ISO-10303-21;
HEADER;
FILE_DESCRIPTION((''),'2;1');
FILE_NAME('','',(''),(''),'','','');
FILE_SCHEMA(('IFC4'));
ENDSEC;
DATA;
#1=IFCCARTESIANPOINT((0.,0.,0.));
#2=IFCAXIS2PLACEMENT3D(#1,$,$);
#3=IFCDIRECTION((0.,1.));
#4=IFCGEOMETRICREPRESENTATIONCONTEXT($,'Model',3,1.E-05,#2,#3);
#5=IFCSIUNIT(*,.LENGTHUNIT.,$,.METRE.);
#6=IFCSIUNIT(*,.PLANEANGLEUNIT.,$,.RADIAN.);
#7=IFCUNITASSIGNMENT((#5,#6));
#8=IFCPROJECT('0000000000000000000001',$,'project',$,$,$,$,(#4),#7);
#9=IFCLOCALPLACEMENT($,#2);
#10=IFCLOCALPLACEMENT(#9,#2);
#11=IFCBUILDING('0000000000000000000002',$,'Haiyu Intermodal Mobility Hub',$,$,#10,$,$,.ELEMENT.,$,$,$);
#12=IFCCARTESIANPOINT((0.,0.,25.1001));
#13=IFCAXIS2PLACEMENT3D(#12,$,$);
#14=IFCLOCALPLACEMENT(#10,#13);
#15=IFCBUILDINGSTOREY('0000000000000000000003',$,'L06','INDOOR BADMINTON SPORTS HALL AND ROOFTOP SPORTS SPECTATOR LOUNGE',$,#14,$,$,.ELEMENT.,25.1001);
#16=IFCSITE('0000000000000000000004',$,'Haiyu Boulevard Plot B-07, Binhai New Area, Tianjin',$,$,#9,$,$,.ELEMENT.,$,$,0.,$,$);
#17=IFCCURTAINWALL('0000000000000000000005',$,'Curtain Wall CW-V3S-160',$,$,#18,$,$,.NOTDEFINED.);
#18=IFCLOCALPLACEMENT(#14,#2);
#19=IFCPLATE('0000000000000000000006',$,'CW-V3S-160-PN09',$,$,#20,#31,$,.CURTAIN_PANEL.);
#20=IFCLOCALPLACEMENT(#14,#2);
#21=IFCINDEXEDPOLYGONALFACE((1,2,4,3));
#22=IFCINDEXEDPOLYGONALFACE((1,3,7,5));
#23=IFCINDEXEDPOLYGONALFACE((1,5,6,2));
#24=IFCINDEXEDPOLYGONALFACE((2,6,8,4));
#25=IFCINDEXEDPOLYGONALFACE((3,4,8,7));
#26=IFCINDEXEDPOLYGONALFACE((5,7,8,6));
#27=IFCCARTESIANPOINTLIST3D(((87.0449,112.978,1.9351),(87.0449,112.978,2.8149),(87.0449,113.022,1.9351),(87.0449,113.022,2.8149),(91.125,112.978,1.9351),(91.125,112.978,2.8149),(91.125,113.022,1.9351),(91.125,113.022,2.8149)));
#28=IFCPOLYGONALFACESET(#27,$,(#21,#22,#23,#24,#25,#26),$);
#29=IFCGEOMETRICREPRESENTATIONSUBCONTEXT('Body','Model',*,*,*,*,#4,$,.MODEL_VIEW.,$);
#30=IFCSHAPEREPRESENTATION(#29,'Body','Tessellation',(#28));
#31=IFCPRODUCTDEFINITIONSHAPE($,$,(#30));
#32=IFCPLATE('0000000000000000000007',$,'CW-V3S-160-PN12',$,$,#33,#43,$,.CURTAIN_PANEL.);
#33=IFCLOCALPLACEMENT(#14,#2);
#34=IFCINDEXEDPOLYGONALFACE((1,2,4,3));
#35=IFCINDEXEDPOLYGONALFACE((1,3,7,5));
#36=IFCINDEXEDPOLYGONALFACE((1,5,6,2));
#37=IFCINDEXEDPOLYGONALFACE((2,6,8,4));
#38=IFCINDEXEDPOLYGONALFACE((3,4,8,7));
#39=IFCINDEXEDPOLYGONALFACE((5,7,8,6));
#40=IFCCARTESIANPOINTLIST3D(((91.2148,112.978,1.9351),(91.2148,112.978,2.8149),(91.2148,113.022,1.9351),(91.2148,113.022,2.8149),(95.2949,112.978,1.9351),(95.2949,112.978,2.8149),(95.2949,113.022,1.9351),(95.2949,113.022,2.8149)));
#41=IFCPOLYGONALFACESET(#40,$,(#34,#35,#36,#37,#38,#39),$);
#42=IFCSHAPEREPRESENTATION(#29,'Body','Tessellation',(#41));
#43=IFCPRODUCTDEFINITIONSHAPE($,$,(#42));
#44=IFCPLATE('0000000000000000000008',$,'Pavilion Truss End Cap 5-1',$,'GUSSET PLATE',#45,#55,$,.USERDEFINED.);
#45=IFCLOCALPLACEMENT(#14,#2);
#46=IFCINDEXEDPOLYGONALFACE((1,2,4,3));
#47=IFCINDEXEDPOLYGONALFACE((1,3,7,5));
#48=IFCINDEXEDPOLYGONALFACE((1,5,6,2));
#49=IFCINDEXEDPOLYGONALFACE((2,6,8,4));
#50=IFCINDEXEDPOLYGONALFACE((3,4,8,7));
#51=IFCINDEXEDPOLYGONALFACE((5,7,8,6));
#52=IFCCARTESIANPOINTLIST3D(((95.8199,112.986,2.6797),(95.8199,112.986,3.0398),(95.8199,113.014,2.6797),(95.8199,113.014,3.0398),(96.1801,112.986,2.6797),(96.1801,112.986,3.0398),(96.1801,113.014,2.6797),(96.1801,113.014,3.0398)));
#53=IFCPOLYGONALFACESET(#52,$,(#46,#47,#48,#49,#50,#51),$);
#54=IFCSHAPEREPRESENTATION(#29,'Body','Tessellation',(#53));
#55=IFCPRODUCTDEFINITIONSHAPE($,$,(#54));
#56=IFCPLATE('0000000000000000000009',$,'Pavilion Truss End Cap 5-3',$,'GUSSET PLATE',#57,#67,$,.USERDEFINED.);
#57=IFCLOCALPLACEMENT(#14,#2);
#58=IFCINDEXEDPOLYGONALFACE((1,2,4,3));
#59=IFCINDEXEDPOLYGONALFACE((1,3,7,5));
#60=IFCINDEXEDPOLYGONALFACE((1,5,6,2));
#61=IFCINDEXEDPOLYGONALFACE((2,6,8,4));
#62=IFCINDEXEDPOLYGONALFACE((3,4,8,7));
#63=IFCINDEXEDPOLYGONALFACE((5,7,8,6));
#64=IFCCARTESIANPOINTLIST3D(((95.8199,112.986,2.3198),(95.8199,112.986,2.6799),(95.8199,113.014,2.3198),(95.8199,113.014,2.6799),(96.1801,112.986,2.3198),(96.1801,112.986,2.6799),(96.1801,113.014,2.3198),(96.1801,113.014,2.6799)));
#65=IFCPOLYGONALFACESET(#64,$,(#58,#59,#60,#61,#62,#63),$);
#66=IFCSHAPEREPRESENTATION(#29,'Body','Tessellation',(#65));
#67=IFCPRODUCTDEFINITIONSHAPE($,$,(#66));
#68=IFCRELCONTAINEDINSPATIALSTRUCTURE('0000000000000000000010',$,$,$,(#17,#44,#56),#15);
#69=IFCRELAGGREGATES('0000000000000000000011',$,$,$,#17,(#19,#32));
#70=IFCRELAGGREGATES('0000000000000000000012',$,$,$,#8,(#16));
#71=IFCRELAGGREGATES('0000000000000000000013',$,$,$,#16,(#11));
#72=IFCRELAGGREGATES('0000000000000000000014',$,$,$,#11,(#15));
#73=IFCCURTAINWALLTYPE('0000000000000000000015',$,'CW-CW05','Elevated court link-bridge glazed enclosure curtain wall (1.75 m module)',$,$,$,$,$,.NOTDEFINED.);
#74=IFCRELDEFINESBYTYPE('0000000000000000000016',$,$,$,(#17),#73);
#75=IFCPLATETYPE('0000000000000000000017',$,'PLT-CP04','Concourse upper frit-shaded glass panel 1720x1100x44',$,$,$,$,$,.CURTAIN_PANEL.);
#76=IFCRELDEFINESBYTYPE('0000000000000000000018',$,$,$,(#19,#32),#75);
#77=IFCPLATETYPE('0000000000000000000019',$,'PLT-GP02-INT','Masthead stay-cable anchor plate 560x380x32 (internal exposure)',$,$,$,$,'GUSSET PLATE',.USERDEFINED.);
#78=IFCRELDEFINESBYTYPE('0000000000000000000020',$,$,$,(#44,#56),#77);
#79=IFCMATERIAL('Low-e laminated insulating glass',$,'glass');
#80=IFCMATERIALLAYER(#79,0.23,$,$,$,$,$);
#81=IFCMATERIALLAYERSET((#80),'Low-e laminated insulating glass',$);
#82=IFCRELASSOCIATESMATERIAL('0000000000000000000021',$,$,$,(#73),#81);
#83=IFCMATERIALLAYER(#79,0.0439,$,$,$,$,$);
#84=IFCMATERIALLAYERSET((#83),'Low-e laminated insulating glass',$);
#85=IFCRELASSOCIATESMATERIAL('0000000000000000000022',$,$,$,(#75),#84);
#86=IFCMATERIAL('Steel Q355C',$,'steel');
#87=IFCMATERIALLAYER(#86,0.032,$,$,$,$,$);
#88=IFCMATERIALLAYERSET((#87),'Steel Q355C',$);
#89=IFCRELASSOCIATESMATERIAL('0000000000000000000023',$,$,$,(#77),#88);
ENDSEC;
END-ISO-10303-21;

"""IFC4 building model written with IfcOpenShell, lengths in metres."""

from ifc_helpers import new_model, si_unit, direction, frame, origin, origin_2d, place, context, subcontext, project, spatial, rectangle, extrude, material, layer, layer_set, type_object, element, aggregate, save


model = new_model("IFC4")

# Units and contexts
model_context = context("Model", 3, precision=1e-05, world=origin(), true_north=direction((0.0, 1.0)))
body_context = subcontext(model_context, "Body", "Model", "MODEL_VIEW")
ifc_project = project(units=[si_unit("LENGTHUNIT", "METRE"), si_unit("PLANEANGLEUNIT", "RADIAN")], contexts=[model_context])

# Site, building, storey
site_placement = place(None, origin())
site = spatial("IfcSite", under=ifc_project, at=site_placement, Name="Haiyu Boulevard Plot B-07, Binhai New Area, Tianjin", CompositionType="ELEMENT", RefElevation=0.0)
building_placement = place(site_placement, origin())
building = spatial("IfcBuilding", under=site, at=building_placement, Name="Haiyu Intermodal Mobility Hub", CompositionType="ELEMENT")
storey_placement = place(building_placement, frame((0.0, 0.0, 25.1001)))
storey = spatial("IfcBuildingStorey", under=building, at=storey_placement, Name="L06", Description="INDOOR BADMINTON SPORTS HALL AND ROOFTOP SPORTS SPECTATOR LOUNGE", CompositionType="ELEMENT", Elevation=25.1001)

# Shared definitions
ifc_material_1 = material(Name="Steel Q355C", Category="steel")

# Curtain wall
ifc_material_2 = material(Name="Low-e laminated insulating glass", Category="glass")
ifc_layer_1 = layer(ifc_material_2, 0.23)
ifc_layer_set_1 = layer_set([ifc_layer_1], Name="Low-e laminated insulating glass")
curtain_wall_type = type_object("IfcCurtainWallType", Name="CW-CW05", Description="Elevated court link-bridge glazed enclosure curtain wall (1.75 m module)", PredefinedType="NOTDEFINED", material=ifc_layer_set_1)
curtain_wall_1_placement = place(storey_placement, origin())
curtain_wall_1 = element("IfcCurtainWall", 1, at=curtain_wall_1_placement, inside=storey, type_object=curtain_wall_type, Name="Curtain Wall CW-V3S-160", PredefinedType="NOTDEFINED")

# Plates
ifc_layer_2 = layer(ifc_material_2, 0.0439)
ifc_layer_set_2 = layer_set([ifc_layer_2], Name="Low-e laminated insulating glass")
plate_type_1 = type_object("IfcPlateType", Name="PLT-CP04", Description="Concourse upper frit-shaded glass panel 1720x1100x44", PredefinedType="CURTAIN_PANEL", material=ifc_layer_set_2)
plate_1_placement = place(storey_placement, frame((89.085, 113.0, 1.9351), z_axis=(0.0, 0.0, 1.0), x_axis=(1.0, 0.0, 0.0)))
plate_1 = element("IfcPlate", 2, at=plate_1_placement, type_object=plate_type_1, Name="CW-V3S-160-PN09", PredefinedType="CURTAIN_PANEL", context=body_context, shape_type="SweptSolid", body=[
    extrude(rectangle(XDim=4.0801, YDim=0.0439, at=origin_2d()), origin(), (0.0, 0.0, 1.0), 0.8799),
])
plate_2_placement = place(storey_placement, frame((93.2549, 113.0, 1.9351), z_axis=(0.0, 0.0, 1.0), x_axis=(1.0, 0.0, 0.0)))
plate_2 = element("IfcPlate", 3, at=plate_2_placement, type_object=plate_type_1, Name="CW-V3S-160-PN12", PredefinedType="CURTAIN_PANEL", context=body_context, shape_type="SweptSolid", body=[
    extrude(rectangle(XDim=4.0801, YDim=0.0439, at=origin_2d()), origin(), (0.0, 0.0, 1.0), 0.8799),
])
aggregate(curtain_wall_1, [plate_1, plate_2])

# Plates
ifc_layer_3 = layer(ifc_material_1, 0.032)
ifc_layer_set_3 = layer_set([ifc_layer_3], Name="Steel Q355C")
plate_type_2 = type_object("IfcPlateType", Name="PLT-GP02-INT", Description="Masthead stay-cable anchor plate 560x380x32 (internal exposure)", ElementType="GUSSET PLATE", PredefinedType="USERDEFINED", material=ifc_layer_set_3)
for number, where, z_axis, x_axis, name in (
    (4, (96.0, 113.0, 2.6797), (0.0, 0.0, 1.0), (1.0, 0.0, 0.0), "Pavilion Truss End Cap 5-1"),
    (5, (96.0, 113.0, 2.3198), (0.0, 0.0, 1.0), (1.0, 0.0, 0.0), "Pavilion Truss End Cap 5-3"),
):
    element("IfcPlate", number, at=place(storey_placement, frame(where, z_axis=z_axis, x_axis=x_axis)), inside=storey, type_object=plate_type_2, Name=name, ObjectType="GUSSET PLATE", PredefinedType="USERDEFINED", context=body_context, shape_type="SweptSolid", body=[
        extrude(rectangle(XDim=0.3601, YDim=0.0281, at=origin_2d()), origin(), (0.0, 0.0, 1.0), 0.3601),
    ])

save(model, "model.ifc")
